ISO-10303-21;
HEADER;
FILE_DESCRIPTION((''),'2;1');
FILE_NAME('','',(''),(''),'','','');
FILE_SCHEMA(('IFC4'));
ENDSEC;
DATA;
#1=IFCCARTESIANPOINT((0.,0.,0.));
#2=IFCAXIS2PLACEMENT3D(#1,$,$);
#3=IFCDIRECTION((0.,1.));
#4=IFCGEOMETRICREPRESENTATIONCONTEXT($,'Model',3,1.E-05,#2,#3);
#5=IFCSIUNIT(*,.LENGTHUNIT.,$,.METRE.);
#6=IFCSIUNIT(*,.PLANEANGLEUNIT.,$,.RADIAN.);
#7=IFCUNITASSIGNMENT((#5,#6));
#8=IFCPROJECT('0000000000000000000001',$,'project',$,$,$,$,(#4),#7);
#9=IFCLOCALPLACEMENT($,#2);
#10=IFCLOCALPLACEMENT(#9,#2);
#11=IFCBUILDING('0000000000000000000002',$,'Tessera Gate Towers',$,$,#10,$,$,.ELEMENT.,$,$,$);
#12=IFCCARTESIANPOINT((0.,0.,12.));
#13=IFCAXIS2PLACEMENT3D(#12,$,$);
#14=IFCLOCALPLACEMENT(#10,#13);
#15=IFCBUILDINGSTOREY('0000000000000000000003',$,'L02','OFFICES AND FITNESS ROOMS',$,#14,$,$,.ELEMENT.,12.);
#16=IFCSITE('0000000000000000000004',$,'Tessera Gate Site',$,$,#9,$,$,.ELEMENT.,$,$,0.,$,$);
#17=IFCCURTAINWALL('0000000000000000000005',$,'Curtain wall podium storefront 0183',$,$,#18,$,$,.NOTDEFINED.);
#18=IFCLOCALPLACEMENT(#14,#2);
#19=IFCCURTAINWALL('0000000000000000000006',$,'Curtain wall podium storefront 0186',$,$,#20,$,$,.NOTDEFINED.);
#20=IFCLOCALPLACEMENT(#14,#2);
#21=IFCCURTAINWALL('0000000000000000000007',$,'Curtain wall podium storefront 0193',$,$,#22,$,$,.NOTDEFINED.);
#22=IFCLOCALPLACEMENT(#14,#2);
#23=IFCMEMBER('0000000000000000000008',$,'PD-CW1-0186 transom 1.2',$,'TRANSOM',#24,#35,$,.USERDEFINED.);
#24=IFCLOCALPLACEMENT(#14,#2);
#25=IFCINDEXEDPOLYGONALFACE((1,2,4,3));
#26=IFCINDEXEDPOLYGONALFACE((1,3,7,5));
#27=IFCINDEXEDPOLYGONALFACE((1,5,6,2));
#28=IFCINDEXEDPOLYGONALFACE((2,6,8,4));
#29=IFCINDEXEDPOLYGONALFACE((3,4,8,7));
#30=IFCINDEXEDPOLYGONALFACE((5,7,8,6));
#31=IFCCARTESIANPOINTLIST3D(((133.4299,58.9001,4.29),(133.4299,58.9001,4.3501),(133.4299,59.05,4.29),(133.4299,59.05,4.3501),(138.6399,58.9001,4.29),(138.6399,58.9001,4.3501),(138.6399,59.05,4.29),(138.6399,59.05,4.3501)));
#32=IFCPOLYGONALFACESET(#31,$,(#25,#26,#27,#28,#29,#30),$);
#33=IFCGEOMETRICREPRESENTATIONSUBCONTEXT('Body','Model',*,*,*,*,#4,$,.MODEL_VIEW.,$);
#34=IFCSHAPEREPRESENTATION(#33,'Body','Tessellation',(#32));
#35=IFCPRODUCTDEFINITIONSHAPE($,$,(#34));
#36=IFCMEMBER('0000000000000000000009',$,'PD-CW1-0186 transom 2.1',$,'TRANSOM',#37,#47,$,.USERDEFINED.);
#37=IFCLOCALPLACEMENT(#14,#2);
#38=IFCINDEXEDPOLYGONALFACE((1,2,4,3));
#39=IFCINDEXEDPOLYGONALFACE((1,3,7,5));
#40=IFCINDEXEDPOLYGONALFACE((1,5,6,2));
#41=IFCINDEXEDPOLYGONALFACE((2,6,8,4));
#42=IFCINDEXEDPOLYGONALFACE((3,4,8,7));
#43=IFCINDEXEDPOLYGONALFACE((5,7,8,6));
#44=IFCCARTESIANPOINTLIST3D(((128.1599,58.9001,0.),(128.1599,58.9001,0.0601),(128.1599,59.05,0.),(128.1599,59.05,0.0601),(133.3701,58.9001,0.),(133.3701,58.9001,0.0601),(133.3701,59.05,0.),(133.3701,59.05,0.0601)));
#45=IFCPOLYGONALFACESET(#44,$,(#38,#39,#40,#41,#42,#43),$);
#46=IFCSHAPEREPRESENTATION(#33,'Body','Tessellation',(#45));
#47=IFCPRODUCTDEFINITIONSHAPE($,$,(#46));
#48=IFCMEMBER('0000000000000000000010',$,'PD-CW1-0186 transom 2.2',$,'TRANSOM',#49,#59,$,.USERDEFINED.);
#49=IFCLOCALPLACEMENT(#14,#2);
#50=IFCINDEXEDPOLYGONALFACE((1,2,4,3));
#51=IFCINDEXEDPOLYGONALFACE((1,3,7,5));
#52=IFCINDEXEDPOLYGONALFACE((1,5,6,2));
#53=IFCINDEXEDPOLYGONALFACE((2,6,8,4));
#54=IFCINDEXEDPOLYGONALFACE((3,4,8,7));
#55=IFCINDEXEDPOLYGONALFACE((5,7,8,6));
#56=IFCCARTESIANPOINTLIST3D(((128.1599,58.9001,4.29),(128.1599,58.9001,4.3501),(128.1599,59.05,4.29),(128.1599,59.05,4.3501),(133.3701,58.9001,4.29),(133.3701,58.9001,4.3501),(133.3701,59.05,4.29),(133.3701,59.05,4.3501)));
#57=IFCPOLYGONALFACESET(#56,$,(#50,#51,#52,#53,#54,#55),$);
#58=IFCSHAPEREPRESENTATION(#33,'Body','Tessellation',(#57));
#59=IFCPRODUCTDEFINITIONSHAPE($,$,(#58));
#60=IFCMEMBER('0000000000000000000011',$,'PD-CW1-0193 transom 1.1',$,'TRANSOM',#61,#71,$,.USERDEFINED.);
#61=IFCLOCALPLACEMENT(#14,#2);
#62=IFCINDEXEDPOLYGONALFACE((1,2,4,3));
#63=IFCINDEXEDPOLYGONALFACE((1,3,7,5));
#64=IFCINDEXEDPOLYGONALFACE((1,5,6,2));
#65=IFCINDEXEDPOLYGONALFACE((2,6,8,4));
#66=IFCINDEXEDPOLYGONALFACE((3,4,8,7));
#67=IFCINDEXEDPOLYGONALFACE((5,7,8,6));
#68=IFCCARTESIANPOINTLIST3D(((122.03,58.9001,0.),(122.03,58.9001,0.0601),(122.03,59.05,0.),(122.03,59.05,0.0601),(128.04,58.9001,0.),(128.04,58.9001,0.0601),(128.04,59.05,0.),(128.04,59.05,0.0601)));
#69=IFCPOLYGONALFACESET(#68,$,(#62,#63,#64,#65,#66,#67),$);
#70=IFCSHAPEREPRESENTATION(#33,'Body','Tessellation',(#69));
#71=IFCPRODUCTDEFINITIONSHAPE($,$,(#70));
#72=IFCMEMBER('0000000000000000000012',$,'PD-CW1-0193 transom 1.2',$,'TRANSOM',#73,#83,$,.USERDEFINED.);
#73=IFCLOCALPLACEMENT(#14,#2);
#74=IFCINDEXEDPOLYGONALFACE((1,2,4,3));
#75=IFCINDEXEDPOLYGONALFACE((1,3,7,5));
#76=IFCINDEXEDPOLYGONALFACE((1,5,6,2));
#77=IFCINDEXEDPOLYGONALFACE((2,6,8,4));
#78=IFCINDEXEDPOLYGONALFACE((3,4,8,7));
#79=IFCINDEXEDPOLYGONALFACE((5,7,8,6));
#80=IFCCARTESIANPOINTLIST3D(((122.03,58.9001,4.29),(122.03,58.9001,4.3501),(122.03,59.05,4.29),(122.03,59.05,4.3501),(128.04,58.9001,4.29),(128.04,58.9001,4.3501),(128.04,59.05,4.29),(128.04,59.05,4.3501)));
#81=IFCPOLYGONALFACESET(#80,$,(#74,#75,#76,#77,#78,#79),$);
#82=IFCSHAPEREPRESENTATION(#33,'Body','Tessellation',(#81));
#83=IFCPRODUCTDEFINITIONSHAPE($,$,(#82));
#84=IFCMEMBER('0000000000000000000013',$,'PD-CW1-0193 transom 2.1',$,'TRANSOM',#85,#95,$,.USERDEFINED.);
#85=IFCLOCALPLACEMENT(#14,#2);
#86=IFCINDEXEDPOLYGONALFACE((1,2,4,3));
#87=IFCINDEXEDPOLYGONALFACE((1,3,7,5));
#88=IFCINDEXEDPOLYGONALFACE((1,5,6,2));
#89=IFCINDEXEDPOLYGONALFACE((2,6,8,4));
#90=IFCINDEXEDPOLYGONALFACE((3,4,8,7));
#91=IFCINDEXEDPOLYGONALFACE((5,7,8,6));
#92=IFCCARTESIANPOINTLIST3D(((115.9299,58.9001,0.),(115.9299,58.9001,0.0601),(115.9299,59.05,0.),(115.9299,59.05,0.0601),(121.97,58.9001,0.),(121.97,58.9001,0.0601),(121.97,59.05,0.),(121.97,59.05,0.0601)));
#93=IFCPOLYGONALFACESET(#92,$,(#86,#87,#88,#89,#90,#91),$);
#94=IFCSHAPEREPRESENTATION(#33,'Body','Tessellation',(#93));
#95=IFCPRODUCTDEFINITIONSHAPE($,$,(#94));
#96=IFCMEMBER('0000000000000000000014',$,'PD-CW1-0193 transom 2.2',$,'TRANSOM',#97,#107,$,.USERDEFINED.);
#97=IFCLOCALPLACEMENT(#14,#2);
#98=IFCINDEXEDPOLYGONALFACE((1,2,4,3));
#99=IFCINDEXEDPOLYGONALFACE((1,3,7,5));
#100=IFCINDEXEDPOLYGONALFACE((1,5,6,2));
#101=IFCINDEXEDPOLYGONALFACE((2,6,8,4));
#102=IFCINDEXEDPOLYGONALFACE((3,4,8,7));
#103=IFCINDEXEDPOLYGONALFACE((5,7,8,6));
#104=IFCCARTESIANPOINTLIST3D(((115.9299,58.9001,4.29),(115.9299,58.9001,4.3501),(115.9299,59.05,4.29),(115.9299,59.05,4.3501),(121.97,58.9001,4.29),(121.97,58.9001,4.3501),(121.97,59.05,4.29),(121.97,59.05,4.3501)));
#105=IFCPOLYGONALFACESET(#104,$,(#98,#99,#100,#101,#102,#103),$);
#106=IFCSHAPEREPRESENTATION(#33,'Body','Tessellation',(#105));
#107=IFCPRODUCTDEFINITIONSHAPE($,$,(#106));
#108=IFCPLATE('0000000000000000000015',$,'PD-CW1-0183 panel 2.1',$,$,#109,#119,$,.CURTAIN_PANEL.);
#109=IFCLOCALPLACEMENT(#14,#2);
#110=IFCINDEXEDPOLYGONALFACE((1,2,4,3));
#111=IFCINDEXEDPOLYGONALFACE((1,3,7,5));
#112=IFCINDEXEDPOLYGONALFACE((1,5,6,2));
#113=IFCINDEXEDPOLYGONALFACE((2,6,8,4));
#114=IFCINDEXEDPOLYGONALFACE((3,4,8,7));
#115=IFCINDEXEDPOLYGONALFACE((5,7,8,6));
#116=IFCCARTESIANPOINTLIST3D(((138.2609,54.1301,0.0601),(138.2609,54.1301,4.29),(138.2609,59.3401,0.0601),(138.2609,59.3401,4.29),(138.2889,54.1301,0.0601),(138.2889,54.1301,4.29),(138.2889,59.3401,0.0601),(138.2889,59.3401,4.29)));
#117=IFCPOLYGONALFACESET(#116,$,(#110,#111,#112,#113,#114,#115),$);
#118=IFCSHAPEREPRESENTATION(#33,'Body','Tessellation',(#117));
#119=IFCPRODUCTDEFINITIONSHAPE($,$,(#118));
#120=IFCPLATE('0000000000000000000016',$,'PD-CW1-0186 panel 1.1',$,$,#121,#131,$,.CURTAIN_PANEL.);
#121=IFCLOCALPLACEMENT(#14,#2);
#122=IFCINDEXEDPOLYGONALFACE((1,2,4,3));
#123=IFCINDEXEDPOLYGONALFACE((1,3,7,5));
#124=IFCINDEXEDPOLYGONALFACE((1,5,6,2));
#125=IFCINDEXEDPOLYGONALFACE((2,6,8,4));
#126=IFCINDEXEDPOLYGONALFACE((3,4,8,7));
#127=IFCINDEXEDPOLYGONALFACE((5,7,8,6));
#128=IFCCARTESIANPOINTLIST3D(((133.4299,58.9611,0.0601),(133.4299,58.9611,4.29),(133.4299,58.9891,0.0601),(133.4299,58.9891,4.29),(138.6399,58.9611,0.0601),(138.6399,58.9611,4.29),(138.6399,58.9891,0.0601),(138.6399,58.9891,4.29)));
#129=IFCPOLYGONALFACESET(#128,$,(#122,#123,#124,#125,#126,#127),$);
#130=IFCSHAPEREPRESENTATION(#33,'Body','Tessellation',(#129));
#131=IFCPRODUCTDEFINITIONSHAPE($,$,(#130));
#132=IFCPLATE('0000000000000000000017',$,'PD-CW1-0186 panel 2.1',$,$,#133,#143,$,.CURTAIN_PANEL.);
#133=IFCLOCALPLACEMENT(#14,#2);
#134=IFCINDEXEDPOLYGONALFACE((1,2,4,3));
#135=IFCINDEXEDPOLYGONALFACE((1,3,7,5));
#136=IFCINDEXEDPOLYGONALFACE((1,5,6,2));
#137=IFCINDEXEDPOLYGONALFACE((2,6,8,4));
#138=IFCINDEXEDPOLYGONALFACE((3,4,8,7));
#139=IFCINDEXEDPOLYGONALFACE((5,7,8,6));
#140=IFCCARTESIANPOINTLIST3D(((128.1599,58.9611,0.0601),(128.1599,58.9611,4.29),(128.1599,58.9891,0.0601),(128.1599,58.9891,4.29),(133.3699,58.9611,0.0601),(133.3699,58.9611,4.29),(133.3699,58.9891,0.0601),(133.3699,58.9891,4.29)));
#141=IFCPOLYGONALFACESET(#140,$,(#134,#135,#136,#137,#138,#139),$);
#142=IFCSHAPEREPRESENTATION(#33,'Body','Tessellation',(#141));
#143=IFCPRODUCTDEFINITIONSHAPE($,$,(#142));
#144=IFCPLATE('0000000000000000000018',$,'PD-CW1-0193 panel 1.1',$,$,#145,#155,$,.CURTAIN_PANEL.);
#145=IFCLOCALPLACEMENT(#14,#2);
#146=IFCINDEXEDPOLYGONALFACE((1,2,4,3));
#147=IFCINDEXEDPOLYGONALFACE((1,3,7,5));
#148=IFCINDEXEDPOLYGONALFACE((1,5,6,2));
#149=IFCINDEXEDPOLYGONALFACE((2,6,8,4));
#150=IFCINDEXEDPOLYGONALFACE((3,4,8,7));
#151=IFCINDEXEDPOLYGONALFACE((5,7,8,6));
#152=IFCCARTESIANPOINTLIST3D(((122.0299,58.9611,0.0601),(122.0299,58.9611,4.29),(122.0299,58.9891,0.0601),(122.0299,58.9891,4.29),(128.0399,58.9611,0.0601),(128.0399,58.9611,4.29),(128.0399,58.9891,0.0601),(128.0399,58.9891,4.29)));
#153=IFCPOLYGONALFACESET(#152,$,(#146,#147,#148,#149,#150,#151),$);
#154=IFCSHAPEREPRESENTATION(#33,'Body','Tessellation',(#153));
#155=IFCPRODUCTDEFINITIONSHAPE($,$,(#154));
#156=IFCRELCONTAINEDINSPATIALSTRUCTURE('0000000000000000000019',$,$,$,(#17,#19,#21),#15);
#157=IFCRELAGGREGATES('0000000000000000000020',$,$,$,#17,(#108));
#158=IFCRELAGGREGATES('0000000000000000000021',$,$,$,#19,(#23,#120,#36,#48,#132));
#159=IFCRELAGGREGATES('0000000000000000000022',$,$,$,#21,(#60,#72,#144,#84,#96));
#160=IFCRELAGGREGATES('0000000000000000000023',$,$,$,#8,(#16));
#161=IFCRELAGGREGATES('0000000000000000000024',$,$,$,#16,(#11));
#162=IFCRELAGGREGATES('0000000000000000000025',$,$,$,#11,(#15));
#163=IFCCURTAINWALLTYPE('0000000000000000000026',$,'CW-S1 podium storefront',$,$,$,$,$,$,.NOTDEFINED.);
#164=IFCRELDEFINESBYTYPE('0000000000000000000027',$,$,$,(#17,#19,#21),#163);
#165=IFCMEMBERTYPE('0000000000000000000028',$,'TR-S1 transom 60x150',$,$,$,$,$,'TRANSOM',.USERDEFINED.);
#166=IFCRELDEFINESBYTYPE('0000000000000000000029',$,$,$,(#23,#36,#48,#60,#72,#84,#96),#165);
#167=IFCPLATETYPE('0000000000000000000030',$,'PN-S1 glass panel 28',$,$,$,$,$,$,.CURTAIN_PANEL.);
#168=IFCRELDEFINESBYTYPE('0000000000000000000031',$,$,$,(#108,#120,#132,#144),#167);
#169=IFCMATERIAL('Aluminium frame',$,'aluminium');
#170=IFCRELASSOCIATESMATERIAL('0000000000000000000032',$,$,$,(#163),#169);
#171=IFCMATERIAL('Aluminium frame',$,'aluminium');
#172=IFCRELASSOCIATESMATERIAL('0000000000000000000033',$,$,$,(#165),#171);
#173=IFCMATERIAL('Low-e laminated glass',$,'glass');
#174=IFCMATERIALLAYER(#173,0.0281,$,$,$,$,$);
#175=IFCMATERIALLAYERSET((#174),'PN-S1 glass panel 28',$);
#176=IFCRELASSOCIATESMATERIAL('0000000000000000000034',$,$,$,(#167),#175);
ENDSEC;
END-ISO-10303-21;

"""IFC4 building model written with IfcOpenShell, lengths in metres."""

from ifc_helpers import new_model, si_unit, direction, frame, origin, origin_2d, place, context, subcontext, project, spatial, rectangle, extrude, material, layer, layer_set, material_profile, profile_set, type_object, element, aggregate, save


model = new_model("IFC4")

# Units and contexts
model_context = context("Model", 3, precision=1e-05, world=origin(), true_north=direction((0.0, 1.0)))
body_context = subcontext(model_context, "Body", "Model", "MODEL_VIEW")
ifc_project = project(units=[si_unit("LENGTHUNIT", "METRE"), si_unit("PLANEANGLEUNIT", "RADIAN")], contexts=[model_context])

# Site, building, storey
site_placement = place(None, origin())
site = spatial("IfcSite", under=ifc_project, at=site_placement, Name="Tessera Gate Site", CompositionType="ELEMENT", RefElevation=0.0)
building_placement = place(site_placement, origin())
building = spatial("IfcBuilding", under=site, at=building_placement, Name="Tessera Gate Towers", CompositionType="ELEMENT")
storey_placement = place(building_placement, frame((0.0, 0.0, 12.0)))
storey = spatial("IfcBuildingStorey", under=building, at=storey_placement, Name="L02", Description="OFFICES AND FITNESS ROOMS", CompositionType="ELEMENT", Elevation=12.0)

# Curtain walls
ifc_material_1 = material(Name="Aluminium frame", Category="aluminium")
curtain_wall_type = type_object("IfcCurtainWallType", Name="CW-S1 podium storefront", PredefinedType="NOTDEFINED", material=ifc_material_1)
curtain_wall_1_placement = place(storey_placement, origin())
curtain_wall_1 = element("IfcCurtainWall", 1, at=curtain_wall_1_placement, inside=storey, type_object=curtain_wall_type, Name="Curtain wall podium storefront 0183", PredefinedType="NOTDEFINED")
curtain_wall_2_placement = place(storey_placement, origin())
curtain_wall_2 = element("IfcCurtainWall", 2, at=curtain_wall_2_placement, inside=storey, type_object=curtain_wall_type, Name="Curtain wall podium storefront 0186", PredefinedType="NOTDEFINED")
curtain_wall_3_placement = place(storey_placement, origin())
curtain_wall_3 = element("IfcCurtainWall", 3, at=curtain_wall_3_placement, inside=storey, type_object=curtain_wall_type, Name="Curtain wall podium storefront 0193", PredefinedType="NOTDEFINED")

# Members
ifc_material_2 = material(Name="Aluminium frame", Category="aluminium")
ifc_material_profile_1 = material_profile(ifc_material_2, rectangle(XDim=0.1499, YDim=0.0601, at=origin_2d()), Name="AL 60x150")
ifc_profile_set_1 = profile_set([ifc_material_profile_1], Name="Aluminium frame")
member_type_1 = type_object("IfcMemberType", Name="TR-S1 transom 60x150", ElementType="TRANSOM", PredefinedType="USERDEFINED", material=ifc_profile_set_1)
member_1_placement = place(storey_placement, frame((138.6399, 58.9751, 4.3201), z_axis=(-1.0, 0.0, 0.0), x_axis=(0.0, -1.0, 0.0)))
member_1 = element("IfcMember", 4, at=member_1_placement, type_object=member_type_1, Name="PD-CW1-0186 transom 1.2", ObjectType="TRANSOM", PredefinedType="USERDEFINED", context=body_context, shape_type="SweptSolid", body=[
    extrude(rectangle(XDim=0.1499, YDim=0.0601, at=origin_2d()), origin(), (0.0, 0.0, 1.0), 5.21),
])
member_2_placement = place(storey_placement, frame((133.3701, 58.9751, 0.03), z_axis=(-1.0, 0.0, 0.0), x_axis=(0.0, -1.0, 0.0)))
member_2 = element("IfcMember", 5, at=member_2_placement, type_object=member_type_1, Name="PD-CW1-0186 transom 2.1", ObjectType="TRANSOM", PredefinedType="USERDEFINED", context=body_context, shape_type="SweptSolid", body=[
    extrude(rectangle(XDim=0.1499, YDim=0.0601, at=origin_2d()), origin(), (0.0, 0.0, 1.0), 5.2102),
])
member_3_placement = place(storey_placement, frame((133.3701, 58.9751, 4.3201), z_axis=(-1.0, 0.0, 0.0), x_axis=(0.0, -1.0, 0.0)))
member_3 = element("IfcMember", 6, at=member_3_placement, type_object=member_type_1, Name="PD-CW1-0186 transom 2.2", ObjectType="TRANSOM", PredefinedType="USERDEFINED", context=body_context, shape_type="SweptSolid", body=[
    extrude(rectangle(XDim=0.1499, YDim=0.0601, at=origin_2d()), origin(), (0.0, 0.0, 1.0), 5.2102),
])
member_4_placement = place(storey_placement, frame((128.04, 58.9751, 0.03), z_axis=(-1.0, 0.0, 0.0), x_axis=(0.0, -1.0, 0.0)))
member_4 = element("IfcMember", 7, at=member_4_placement, type_object=member_type_1, Name="PD-CW1-0193 transom 1.1", ObjectType="TRANSOM", PredefinedType="USERDEFINED", context=body_context, shape_type="SweptSolid", body=[
    extrude(rectangle(XDim=0.1499, YDim=0.0601, at=origin_2d()), origin(), (0.0, 0.0, 1.0), 6.01),
])
member_5_placement = place(storey_placement, frame((128.04, 58.9751, 4.3201), z_axis=(-1.0, 0.0, 0.0), x_axis=(0.0, -1.0, 0.0)))
member_5 = element("IfcMember", 8, at=member_5_placement, type_object=member_type_1, Name="PD-CW1-0193 transom 1.2", ObjectType="TRANSOM", PredefinedType="USERDEFINED", context=body_context, shape_type="SweptSolid", body=[
    extrude(rectangle(XDim=0.1499, YDim=0.0601, at=origin_2d()), origin(), (0.0, 0.0, 1.0), 6.01),
])
member_6_placement = place(storey_placement, frame((121.97, 58.9751, 0.03), z_axis=(-1.0, 0.0, 0.0), x_axis=(0.0, -1.0, 0.0)))
member_6 = element("IfcMember", 9, at=member_6_placement, type_object=member_type_1, Name="PD-CW1-0193 transom 2.1", ObjectType="TRANSOM", PredefinedType="USERDEFINED", context=body_context, shape_type="SweptSolid", body=[
    extrude(rectangle(XDim=0.1499, YDim=0.0601, at=origin_2d()), origin(), (0.0, 0.0, 1.0), 6.04),
])
member_7_placement = place(storey_placement, frame((121.97, 58.9751, 4.3201), z_axis=(-1.0, 0.0, 0.0), x_axis=(0.0, -1.0, 0.0)))
member_7 = element("IfcMember", 10, at=member_7_placement, type_object=member_type_1, Name="PD-CW1-0193 transom 2.2", ObjectType="TRANSOM", PredefinedType="USERDEFINED", context=body_context, shape_type="SweptSolid", body=[
    extrude(rectangle(XDim=0.1499, YDim=0.0601, at=origin_2d()), origin(), (0.0, 0.0, 1.0), 6.04),
])

# Plates
ifc_material_3 = material(Name="Low-e laminated glass", Category="glass")
ifc_layer = layer(ifc_material_3, 0.0281)
ifc_layer_set = layer_set([ifc_layer], Name="PN-S1 glass panel 28")
plate_type = type_object("IfcPlateType", Name="PN-S1 glass panel 28", PredefinedType="CURTAIN_PANEL", material=ifc_layer_set)
plate_1_placement = place(storey_placement, frame((138.2749, 56.7351, 0.0601), z_axis=(0.0, 0.0, 1.0), x_axis=(0.0, 1.0, 0.0)))
plate_1 = element("IfcPlate", 11, at=plate_1_placement, type_object=plate_type, Name="PD-CW1-0183 panel 2.1", PredefinedType="CURTAIN_PANEL", context=body_context, shape_type="SweptSolid", body=[
    extrude(rectangle(XDim=5.21, YDim=0.0281, at=origin_2d()), origin(), (0.0, 0.0, 1.0), 4.23),
])
aggregate(curtain_wall_1, [plate_1])
plate_2_placement = place(storey_placement, frame((136.0349, 58.9751, 0.0601), z_axis=(0.0, 0.0, 1.0), x_axis=(-1.0, 0.0, 0.0)))
plate_2 = element("IfcPlate", 12, at=plate_2_placement, type_object=plate_type, Name="PD-CW1-0186 panel 1.1", PredefinedType="CURTAIN_PANEL", context=body_context, shape_type="SweptSolid", body=[
    extrude(rectangle(XDim=5.21, YDim=0.0281, at=origin_2d()), origin(), (0.0, 0.0, 1.0), 4.23),
])
plate_3_placement = place(storey_placement, frame((130.7649, 58.9751, 0.0601), z_axis=(0.0, 0.0, 1.0), x_axis=(-1.0, 0.0, 0.0)))
plate_3 = element("IfcPlate", 13, at=plate_3_placement, type_object=plate_type, Name="PD-CW1-0186 panel 2.1", PredefinedType="CURTAIN_PANEL", context=body_context, shape_type="SweptSolid", body=[
    extrude(rectangle(XDim=5.21, YDim=0.0281, at=origin_2d()), origin(), (0.0, 0.0, 1.0), 4.23),
])
aggregate(curtain_wall_2, [member_1, plate_2, member_2, member_3, plate_3])
plate_4_placement = place(storey_placement, frame((125.0349, 58.9751, 0.0601), z_axis=(0.0, 0.0, 1.0), x_axis=(-1.0, 0.0, 0.0)))
plate_4 = element("IfcPlate", 14, at=plate_4_placement, type_object=plate_type, Name="PD-CW1-0193 panel 1.1", PredefinedType="CURTAIN_PANEL", context=body_context, shape_type="SweptSolid", body=[
    extrude(rectangle(XDim=6.01, YDim=0.0281, at=origin_2d()), origin(), (0.0, 0.0, 1.0), 4.23),
])
aggregate(curtain_wall_3, [member_4, member_5, plate_4, member_6, member_7])

save(model, "model.ifc")
